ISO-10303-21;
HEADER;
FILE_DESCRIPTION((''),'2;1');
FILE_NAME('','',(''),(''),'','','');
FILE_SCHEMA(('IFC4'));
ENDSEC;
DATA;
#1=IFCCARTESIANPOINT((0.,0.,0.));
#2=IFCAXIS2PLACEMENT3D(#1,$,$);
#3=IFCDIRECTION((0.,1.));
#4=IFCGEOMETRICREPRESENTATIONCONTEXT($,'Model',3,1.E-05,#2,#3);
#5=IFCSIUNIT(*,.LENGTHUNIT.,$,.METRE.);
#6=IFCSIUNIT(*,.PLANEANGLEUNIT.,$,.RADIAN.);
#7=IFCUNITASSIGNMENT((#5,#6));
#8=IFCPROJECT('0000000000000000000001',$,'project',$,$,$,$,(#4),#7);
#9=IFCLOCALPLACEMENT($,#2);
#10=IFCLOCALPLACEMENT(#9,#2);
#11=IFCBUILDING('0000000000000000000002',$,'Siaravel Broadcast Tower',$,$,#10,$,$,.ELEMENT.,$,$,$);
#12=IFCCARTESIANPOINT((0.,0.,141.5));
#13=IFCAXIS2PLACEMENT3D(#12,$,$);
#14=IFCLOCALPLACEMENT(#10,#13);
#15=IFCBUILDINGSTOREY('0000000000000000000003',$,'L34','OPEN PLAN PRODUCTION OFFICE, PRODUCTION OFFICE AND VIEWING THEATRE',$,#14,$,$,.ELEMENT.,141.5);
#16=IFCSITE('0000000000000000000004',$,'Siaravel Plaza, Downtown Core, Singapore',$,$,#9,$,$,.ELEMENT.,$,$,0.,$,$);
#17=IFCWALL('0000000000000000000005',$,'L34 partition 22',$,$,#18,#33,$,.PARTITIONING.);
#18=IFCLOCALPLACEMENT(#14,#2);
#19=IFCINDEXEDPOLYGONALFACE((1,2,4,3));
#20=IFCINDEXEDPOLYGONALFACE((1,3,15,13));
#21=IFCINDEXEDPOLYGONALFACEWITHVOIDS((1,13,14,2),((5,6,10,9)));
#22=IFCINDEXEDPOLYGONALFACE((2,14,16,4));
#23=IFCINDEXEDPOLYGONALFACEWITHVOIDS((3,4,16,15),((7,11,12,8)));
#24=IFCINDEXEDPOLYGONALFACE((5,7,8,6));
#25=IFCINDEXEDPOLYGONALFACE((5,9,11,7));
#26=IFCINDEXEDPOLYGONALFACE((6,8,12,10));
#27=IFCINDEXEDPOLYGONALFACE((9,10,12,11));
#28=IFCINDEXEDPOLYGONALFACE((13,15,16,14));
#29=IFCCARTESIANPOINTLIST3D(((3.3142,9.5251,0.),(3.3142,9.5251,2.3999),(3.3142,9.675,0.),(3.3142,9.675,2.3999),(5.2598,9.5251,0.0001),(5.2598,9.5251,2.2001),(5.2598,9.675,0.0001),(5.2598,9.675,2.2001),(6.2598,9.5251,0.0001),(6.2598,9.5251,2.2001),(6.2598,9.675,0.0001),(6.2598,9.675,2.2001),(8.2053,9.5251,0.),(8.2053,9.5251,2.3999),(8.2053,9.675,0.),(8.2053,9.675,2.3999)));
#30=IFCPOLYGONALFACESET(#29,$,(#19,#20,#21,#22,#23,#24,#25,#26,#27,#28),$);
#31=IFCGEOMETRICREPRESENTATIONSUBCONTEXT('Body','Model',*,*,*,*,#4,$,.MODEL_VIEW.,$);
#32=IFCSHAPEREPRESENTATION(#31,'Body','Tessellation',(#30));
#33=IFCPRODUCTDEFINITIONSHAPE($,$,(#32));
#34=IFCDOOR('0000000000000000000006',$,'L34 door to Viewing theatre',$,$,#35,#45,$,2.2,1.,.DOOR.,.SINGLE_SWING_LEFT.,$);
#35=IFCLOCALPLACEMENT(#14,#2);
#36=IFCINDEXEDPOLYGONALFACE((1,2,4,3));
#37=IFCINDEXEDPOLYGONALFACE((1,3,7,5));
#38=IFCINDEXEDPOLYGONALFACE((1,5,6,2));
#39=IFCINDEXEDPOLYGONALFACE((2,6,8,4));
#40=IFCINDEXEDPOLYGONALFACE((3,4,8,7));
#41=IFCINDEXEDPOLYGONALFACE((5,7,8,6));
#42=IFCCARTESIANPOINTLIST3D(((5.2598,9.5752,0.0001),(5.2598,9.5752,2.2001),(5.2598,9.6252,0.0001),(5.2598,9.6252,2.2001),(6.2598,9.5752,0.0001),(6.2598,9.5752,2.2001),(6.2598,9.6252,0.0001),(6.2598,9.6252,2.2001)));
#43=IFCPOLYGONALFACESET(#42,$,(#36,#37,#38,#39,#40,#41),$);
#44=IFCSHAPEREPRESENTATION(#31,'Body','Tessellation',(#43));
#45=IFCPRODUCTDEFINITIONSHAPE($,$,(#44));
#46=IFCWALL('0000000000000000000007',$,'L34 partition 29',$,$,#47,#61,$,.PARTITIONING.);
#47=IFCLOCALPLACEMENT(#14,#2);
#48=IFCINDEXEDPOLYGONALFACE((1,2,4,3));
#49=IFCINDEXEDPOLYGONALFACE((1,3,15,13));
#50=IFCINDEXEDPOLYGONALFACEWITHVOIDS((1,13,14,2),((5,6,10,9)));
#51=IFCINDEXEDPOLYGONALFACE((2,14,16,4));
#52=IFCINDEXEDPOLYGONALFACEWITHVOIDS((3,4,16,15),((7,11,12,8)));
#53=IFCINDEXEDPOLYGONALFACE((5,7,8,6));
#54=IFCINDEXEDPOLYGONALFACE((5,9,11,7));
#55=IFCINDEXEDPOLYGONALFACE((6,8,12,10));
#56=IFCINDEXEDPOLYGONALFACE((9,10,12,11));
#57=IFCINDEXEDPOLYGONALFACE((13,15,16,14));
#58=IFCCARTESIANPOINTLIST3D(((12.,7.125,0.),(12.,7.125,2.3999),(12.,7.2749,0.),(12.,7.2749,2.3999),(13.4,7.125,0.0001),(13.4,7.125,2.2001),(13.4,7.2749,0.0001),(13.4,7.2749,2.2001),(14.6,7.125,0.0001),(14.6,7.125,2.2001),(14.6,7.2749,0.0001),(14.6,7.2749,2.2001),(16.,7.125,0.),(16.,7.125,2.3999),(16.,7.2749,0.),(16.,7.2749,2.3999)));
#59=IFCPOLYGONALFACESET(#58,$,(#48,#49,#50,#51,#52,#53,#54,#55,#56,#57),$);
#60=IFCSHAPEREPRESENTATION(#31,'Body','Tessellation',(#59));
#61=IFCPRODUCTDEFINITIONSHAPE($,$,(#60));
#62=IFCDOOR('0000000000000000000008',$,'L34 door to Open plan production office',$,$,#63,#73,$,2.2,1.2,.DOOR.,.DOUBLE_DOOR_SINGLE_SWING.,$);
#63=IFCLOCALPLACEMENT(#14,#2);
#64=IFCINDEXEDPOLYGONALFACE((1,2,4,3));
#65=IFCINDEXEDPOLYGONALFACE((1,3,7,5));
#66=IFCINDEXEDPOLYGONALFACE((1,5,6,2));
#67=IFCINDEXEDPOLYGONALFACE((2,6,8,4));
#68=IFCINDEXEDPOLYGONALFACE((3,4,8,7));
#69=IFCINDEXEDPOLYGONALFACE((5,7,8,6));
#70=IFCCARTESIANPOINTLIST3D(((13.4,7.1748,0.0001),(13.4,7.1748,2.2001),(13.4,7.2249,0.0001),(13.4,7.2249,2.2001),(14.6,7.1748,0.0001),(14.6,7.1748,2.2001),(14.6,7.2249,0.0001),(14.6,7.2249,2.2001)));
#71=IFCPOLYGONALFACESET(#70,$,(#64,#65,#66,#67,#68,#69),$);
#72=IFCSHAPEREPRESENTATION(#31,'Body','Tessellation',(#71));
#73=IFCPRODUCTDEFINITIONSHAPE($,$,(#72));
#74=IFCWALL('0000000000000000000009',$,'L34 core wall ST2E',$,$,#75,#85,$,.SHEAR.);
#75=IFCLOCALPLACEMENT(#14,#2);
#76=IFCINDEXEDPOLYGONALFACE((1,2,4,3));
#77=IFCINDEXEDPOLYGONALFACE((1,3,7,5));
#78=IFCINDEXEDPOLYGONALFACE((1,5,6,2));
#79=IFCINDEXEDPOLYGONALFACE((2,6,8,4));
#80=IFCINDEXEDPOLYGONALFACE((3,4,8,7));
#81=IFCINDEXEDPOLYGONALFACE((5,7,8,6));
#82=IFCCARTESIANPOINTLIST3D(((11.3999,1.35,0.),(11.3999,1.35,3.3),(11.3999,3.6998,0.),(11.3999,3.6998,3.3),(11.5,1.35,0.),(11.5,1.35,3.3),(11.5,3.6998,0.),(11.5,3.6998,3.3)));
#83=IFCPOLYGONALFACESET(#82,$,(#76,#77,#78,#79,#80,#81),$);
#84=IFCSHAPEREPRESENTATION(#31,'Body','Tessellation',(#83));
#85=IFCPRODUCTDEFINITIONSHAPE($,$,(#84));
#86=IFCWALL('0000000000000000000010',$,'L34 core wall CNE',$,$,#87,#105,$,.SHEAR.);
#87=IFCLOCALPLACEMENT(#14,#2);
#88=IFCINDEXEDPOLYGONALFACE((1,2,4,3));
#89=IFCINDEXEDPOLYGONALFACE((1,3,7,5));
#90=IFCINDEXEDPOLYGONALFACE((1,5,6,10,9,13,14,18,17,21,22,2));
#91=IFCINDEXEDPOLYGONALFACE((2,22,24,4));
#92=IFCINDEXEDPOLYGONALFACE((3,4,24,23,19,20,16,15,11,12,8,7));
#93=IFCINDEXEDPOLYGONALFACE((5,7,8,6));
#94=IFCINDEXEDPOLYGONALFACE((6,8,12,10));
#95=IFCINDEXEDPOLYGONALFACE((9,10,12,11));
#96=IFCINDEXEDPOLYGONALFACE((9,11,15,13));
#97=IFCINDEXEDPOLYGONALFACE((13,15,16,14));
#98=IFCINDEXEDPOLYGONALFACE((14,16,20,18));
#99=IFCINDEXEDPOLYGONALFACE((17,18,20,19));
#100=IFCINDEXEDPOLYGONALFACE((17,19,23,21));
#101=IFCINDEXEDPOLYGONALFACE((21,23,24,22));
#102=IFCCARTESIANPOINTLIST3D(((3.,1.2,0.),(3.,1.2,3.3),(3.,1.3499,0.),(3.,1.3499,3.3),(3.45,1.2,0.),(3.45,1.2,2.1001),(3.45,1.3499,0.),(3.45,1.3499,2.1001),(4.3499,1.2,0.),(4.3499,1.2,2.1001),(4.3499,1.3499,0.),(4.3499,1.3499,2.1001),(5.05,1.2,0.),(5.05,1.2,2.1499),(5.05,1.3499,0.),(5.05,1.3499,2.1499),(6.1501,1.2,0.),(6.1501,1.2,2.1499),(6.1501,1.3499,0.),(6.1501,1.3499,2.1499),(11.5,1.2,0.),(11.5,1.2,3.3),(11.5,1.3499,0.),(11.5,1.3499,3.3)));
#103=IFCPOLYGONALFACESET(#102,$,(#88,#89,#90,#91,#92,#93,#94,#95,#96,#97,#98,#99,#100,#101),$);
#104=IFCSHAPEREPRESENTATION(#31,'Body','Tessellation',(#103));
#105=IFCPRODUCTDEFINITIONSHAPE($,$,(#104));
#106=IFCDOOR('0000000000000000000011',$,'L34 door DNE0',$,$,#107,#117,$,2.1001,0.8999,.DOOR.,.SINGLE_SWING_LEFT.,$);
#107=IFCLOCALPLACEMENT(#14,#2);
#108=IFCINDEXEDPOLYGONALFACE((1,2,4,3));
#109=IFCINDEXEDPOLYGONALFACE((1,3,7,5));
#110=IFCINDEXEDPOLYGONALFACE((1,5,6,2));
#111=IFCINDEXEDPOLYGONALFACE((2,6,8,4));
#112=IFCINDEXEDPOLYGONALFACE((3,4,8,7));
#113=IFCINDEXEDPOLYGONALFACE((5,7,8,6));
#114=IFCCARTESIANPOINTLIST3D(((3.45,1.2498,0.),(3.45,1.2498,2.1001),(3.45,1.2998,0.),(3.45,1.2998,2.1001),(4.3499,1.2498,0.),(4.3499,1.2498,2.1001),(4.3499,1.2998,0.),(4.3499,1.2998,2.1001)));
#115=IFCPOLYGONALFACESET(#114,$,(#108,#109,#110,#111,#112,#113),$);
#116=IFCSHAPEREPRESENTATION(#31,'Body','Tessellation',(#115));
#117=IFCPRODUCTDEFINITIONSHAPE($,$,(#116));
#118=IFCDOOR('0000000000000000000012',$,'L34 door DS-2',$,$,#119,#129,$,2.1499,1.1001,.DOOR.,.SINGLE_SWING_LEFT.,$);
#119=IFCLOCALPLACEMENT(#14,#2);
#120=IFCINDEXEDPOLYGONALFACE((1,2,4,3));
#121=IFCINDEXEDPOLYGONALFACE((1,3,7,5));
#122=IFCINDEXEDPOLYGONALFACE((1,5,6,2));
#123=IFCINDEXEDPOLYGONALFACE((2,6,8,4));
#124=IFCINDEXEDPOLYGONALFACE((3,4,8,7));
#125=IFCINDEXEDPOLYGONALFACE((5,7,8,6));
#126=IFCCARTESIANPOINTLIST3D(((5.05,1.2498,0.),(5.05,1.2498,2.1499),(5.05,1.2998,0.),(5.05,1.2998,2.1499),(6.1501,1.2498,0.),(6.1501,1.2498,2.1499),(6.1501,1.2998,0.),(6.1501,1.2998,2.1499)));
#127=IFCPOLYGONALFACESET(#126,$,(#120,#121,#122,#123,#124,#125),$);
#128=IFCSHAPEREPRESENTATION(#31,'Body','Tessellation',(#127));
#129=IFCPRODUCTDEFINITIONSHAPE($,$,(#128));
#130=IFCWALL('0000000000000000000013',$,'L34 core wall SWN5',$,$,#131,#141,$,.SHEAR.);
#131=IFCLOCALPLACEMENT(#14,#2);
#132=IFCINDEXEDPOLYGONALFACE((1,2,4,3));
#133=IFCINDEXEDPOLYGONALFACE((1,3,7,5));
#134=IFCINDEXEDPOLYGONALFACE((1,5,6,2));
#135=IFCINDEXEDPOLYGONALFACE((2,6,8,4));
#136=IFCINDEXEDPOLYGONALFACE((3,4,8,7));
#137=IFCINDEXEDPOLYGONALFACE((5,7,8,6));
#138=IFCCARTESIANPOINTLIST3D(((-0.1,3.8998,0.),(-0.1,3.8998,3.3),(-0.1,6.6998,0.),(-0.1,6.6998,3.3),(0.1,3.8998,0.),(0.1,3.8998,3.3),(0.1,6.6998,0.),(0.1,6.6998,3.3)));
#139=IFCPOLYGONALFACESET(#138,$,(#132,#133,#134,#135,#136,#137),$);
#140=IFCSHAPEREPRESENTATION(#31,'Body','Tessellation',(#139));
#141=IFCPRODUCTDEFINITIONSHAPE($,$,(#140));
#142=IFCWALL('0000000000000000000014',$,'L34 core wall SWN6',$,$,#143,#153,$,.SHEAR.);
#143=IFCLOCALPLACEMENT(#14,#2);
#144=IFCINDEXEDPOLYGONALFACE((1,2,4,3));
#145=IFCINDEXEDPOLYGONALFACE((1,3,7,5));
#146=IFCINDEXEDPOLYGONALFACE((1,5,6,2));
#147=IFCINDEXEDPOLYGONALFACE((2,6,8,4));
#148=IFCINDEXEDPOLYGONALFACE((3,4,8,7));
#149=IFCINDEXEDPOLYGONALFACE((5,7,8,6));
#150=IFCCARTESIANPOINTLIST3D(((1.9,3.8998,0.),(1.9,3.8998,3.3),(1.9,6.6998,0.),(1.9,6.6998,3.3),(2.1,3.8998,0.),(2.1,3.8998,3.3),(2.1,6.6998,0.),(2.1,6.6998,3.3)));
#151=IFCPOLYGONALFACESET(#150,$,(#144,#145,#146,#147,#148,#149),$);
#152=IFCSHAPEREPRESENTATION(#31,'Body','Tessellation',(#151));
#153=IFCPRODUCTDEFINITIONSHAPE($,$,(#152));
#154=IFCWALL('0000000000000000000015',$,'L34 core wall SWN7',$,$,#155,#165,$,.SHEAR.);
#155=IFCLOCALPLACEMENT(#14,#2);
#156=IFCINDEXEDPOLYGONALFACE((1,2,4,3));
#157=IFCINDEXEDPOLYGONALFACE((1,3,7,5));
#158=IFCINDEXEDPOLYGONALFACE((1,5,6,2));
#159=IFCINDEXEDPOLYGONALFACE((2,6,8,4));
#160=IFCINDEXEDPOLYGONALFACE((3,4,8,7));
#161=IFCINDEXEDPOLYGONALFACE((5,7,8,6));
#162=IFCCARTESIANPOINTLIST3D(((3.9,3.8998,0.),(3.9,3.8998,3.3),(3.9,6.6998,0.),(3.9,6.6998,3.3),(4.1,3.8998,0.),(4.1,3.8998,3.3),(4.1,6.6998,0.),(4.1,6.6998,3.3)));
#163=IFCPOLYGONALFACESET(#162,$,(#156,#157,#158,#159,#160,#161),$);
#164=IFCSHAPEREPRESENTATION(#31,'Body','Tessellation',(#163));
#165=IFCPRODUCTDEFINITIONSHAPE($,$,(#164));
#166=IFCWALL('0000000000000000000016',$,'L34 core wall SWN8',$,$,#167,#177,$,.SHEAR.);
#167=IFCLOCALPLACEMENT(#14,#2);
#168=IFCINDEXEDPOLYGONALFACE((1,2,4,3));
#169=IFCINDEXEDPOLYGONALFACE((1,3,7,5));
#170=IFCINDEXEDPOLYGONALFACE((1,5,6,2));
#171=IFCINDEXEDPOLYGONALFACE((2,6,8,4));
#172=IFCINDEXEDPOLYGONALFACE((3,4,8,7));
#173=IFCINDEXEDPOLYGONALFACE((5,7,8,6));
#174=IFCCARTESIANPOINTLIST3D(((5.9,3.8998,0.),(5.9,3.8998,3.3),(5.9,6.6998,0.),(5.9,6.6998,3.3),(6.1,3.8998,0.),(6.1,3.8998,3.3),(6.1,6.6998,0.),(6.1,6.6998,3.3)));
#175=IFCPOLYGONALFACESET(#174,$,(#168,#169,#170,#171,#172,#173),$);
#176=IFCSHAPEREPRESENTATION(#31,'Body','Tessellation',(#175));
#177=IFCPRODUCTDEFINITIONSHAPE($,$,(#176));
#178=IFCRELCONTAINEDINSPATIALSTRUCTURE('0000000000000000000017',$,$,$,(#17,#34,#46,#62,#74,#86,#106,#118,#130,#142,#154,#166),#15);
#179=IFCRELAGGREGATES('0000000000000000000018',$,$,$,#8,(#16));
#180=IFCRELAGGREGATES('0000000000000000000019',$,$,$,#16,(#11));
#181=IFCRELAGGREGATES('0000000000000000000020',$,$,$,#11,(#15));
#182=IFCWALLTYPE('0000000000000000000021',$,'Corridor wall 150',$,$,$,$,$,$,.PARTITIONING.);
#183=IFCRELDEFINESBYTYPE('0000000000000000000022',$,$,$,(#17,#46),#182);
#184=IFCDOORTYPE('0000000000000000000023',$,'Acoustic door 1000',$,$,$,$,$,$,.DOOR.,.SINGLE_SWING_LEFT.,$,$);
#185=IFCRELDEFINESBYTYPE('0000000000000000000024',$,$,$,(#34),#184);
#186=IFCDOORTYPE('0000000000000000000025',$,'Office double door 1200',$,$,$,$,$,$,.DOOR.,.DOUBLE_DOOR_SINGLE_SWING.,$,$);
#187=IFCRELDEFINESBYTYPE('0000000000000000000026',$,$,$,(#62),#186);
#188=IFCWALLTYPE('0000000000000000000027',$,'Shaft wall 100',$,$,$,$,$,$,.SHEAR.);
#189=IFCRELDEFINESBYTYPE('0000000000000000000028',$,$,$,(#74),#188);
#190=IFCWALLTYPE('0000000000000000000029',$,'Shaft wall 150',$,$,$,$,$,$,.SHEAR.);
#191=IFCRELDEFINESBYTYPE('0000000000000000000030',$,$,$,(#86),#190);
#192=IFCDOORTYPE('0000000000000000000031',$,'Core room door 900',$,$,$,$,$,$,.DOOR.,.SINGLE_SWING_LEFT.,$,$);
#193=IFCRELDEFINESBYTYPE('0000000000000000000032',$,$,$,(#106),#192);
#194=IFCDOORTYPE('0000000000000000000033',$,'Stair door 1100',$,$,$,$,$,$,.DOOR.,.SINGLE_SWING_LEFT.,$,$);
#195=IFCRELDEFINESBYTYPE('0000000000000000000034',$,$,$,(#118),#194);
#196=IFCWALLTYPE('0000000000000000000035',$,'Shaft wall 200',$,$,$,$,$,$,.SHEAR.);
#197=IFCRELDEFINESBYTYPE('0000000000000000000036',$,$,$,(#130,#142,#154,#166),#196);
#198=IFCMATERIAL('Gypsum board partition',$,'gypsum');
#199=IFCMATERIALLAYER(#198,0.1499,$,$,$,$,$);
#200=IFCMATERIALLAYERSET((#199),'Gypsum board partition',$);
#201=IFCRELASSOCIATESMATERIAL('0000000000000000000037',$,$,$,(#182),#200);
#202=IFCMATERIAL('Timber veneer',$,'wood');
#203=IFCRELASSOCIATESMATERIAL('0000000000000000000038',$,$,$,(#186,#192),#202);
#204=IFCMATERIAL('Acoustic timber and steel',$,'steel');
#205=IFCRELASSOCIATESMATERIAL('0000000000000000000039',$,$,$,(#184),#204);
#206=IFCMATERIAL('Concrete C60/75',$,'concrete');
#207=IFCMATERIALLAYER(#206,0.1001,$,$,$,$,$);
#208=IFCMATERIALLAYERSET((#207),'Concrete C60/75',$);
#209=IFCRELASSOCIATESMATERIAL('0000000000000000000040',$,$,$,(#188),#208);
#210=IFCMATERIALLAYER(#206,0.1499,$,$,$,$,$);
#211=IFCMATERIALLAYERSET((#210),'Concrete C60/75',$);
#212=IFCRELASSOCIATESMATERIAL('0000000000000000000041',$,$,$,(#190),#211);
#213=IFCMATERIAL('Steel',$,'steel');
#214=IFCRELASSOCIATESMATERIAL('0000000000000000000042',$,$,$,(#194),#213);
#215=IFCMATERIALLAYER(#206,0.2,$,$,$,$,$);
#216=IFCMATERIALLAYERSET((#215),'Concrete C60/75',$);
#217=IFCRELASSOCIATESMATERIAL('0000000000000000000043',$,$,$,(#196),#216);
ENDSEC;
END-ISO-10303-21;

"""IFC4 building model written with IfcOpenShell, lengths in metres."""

from ifc_helpers import new_model, si_unit, direction, frame, frame_2d, origin, place, context, subcontext, project, spatial, rectangle, extrude, material, layer, layer_set, type_object, element, fill, save


model = new_model("IFC4")

# Units and contexts
model_context = context("Model", 3, precision=1e-05, world=origin(), true_north=direction((0.0, 1.0)))
body_context = subcontext(model_context, "Body", "Model", "MODEL_VIEW")
ifc_project = project(units=[si_unit("LENGTHUNIT", "METRE"), si_unit("PLANEANGLEUNIT", "RADIAN")], contexts=[model_context])

# Site, building, storey
site_placement = place(None, origin())
site = spatial("IfcSite", under=ifc_project, at=site_placement, Name="Siaravel Plaza, Downtown Core, Singapore", CompositionType="ELEMENT", RefElevation=0.0)
building_placement = place(site_placement, origin())
building = spatial("IfcBuilding", under=site, at=building_placement, Name="Siaravel Broadcast Tower", CompositionType="ELEMENT")
storey_placement = place(building_placement, frame((0.0, 0.0, 141.5)))
storey = spatial("IfcBuildingStorey", under=building, at=storey_placement, Name="L34", Description="OPEN PLAN PRODUCTION OFFICE, PRODUCTION OFFICE AND VIEWING THEATRE", CompositionType="ELEMENT", Elevation=141.5)

# Shared definitions
ifc_material_1 = material(Name="Concrete C60/75", Category="concrete")

# Walls, openings, doors
ifc_material_2 = material(Name="Gypsum board partition", Category="gypsum")
ifc_layer_1 = layer(ifc_material_2, 0.1499)
ifc_layer_set_1 = layer_set([ifc_layer_1], Name="Gypsum board partition")
wall_type_1 = type_object("IfcWallType", Name="Corridor wall 150", PredefinedType="PARTITIONING", material=ifc_layer_set_1)
ifc_material_3 = material(Name="Timber veneer", Category="wood")
door_type_1 = type_object("IfcDoorType", Name="Office double door 1200", OperationType="DOUBLE_DOOR_SINGLE_SWING", PredefinedType="DOOR", material=ifc_material_3)
wall_1_placement = place(storey_placement, frame((8.2053, 9.6001, 0.0), z_axis=(0.0, 0.0, 1.0), x_axis=(-1.0, 0.0, 0.0)))
wall_1 = element("IfcWall", 1, at=wall_1_placement, inside=storey, type_object=wall_type_1, Name="L34 partition 22", PredefinedType="PARTITIONING", context=body_context, shape_type="SweptSolid", body=[
    extrude(rectangle(XDim=4.8911, YDim=0.1499, at=frame_2d((2.4456, 0.0))), origin(), (0.0, 0.0, 1.0), 2.3999),
])
opening_1_placement = place(wall_1_placement, frame((1.9456, 0.0, 0.0)))
opening_1 = element("IfcOpeningElement", 2, at=opening_1_placement, cuts=wall_1, PredefinedType="OPENING", context=body_context, shape_type="SweptSolid", body=[
    extrude(rectangle(XDim=1.0, YDim=2.2, at=frame_2d((0.5, 1.1001))), frame((0.0, 0.085, 0.0), z_axis=(0.0, -1.0, 0.0), x_axis=(1.0, 0.0, 0.0)), (0.0, 0.0, 1.0), 0.1699),
])
ifc_material_4 = material(Name="Acoustic timber and steel", Category="steel")
door_type_2 = type_object("IfcDoorType", Name="Acoustic door 1000", OperationType="SINGLE_SWING_LEFT", PredefinedType="DOOR", material=ifc_material_4)
door_1_placement = place(opening_1_placement, origin())
door_1 = element("IfcDoor", 3, at=door_1_placement, inside=storey, type_object=door_type_2, Name="L34 door to Viewing theatre", OperationType="SINGLE_SWING_LEFT", OverallHeight=2.2, OverallWidth=1.0, PredefinedType="DOOR", context=body_context, shape_type="SweptSolid", body=[
    extrude(rectangle(XDim=1.0, YDim=2.2, at=frame_2d((0.5, 1.1001))), frame((0.0, 0.0249, 0.0), z_axis=(0.0, -1.0, 0.0), x_axis=(1.0, 0.0, 0.0)), (0.0, 0.0, 1.0), 0.05),
])
fill(opening_1, door_1)
wall_2_placement = place(storey_placement, frame((12.0, 7.2, 0.0), z_axis=(0.0, 0.0, 1.0), x_axis=(1.0, 0.0, 0.0)))
wall_2 = element("IfcWall", 4, at=wall_2_placement, inside=storey, type_object=wall_type_1, Name="L34 partition 29", PredefinedType="PARTITIONING", context=body_context, shape_type="SweptSolid", body=[
    extrude(rectangle(XDim=4.0, YDim=0.1499, at=frame_2d((2.0, 0.0))), origin(), (0.0, 0.0, 1.0), 2.3999),
])
opening_2_placement = place(wall_2_placement, frame((1.3999, 0.0, 0.0)))
opening_2 = element("IfcOpeningElement", 5, at=opening_2_placement, cuts=wall_2, PredefinedType="OPENING", context=body_context, shape_type="SweptSolid", body=[
    extrude(rectangle(XDim=1.2, YDim=2.2, at=frame_2d((0.6001, 1.1001))), frame((0.0, 0.085, 0.0), z_axis=(0.0, -1.0, 0.0), x_axis=(1.0, 0.0, 0.0)), (0.0, 0.0, 1.0), 0.1699),
])
door_2_placement = place(opening_2_placement, origin())
door_2 = element("IfcDoor", 6, at=door_2_placement, inside=storey, type_object=door_type_1, Name="L34 door to Open plan production office", OperationType="DOUBLE_DOOR_SINGLE_SWING", OverallHeight=2.2, OverallWidth=1.2, PredefinedType="DOOR", context=body_context, shape_type="SweptSolid", body=[
    extrude(rectangle(XDim=1.2, YDim=2.2, at=frame_2d((0.6001, 1.1001))), frame((0.0, 0.0249, 0.0), z_axis=(0.0, -1.0, 0.0), x_axis=(1.0, 0.0, 0.0)), (0.0, 0.0, 1.0), 0.05),
])
fill(opening_2, door_2)

# Wall
ifc_layer_2 = layer(ifc_material_1, 0.1001)
ifc_layer_set_2 = layer_set([ifc_layer_2], Name="Concrete C60/75")
wall_type_2 = type_object("IfcWallType", Name="Shaft wall 100", PredefinedType="SHEAR", material=ifc_layer_set_2)
wall_3_placement = place(storey_placement, frame((11.45, 1.3501, 0.0), z_axis=(0.0, 0.0, 1.0), x_axis=(0.0, 1.0, 0.0)))
element("IfcWall", 7, at=wall_3_placement, inside=storey, type_object=wall_type_2, Name="L34 core wall ST2E", PredefinedType="SHEAR", context=body_context, shape_type="SweptSolid", body=[
    extrude(rectangle(XDim=2.3499, YDim=0.1001, at=frame_2d((1.1748, 0.0))), origin(), (0.0, 0.0, 1.0), 3.3),
])

# Wall, openings, doors
ifc_layer_3 = layer(ifc_material_1, 0.1499)
ifc_layer_set_3 = layer_set([ifc_layer_3], Name="Concrete C60/75")
wall_type_3 = type_object("IfcWallType", Name="Shaft wall 150", PredefinedType="SHEAR", material=ifc_layer_set_3)
wall_4_placement = place(storey_placement, frame((3.0, 1.2749, 0.0), z_axis=(0.0, 0.0, 1.0), x_axis=(1.0, 0.0, 0.0)))
wall_4 = element("IfcWall", 8, at=wall_4_placement, inside=storey, type_object=wall_type_3, Name="L34 core wall CNE", PredefinedType="SHEAR", context=body_context, shape_type="SweptSolid", body=[
    extrude(rectangle(XDim=8.5, YDim=0.1499, at=frame_2d((4.25, 0.0))), origin(), (0.0, 0.0, 1.0), 3.3),
])
opening_3_placement = place(wall_4_placement, frame((2.05, 0.0, 0.0)))
opening_3 = element("IfcOpeningElement", 9, at=opening_3_placement, cuts=wall_4, PredefinedType="OPENING", context=body_context, shape_type="SweptSolid", body=[
    extrude(rectangle(XDim=1.1001, YDim=2.1499, at=frame_2d((0.55, 1.075))), frame((0.0, 0.085, 0.0), z_axis=(0.0, -1.0, 0.0), x_axis=(1.0, 0.0, 0.0)), (0.0, 0.0, 1.0), 0.1699),
])
opening_4_placement = place(wall_4_placement, frame((0.45, 0.0, 0.0)))
opening_4 = element("IfcOpeningElement", 10, at=opening_4_placement, cuts=wall_4, PredefinedType="OPENING", context=body_context, shape_type="SweptSolid", body=[
    extrude(rectangle(XDim=0.8999, YDim=2.1001, at=frame_2d((0.45, 1.05))), frame((0.0, 0.085, 0.0), z_axis=(0.0, -1.0, 0.0), x_axis=(1.0, 0.0, 0.0)), (0.0, 0.0, 1.0), 0.1699),
])
door_type_3 = type_object("IfcDoorType", Name="Core room door 900", OperationType="SINGLE_SWING_LEFT", PredefinedType="DOOR", material=ifc_material_3)
door_3_placement = place(opening_4_placement, origin())
door_3 = element("IfcDoor", 11, at=door_3_placement, inside=storey, type_object=door_type_3, Name="L34 door DNE0", OperationType="SINGLE_SWING_LEFT", OverallHeight=2.1001, OverallWidth=0.8999, PredefinedType="DOOR", context=body_context, shape_type="SweptSolid", body=[
    extrude(rectangle(XDim=0.8999, YDim=2.1001, at=frame_2d((0.45, 1.05))), frame((0.0, 0.0249, 0.0), z_axis=(0.0, -1.0, 0.0), x_axis=(1.0, 0.0, 0.0)), (0.0, 0.0, 1.0), 0.05),
])
fill(opening_4, door_3)
ifc_material_5 = material(Name="Steel", Category="steel")
door_type_4 = type_object("IfcDoorType", Name="Stair door 1100", OperationType="SINGLE_SWING_LEFT", PredefinedType="DOOR", material=ifc_material_5)
door_4_placement = place(opening_3_placement, origin())
door_4 = element("IfcDoor", 12, at=door_4_placement, inside=storey, type_object=door_type_4, Name="L34 door DS-2", OperationType="SINGLE_SWING_LEFT", OverallHeight=2.1499, OverallWidth=1.1001, PredefinedType="DOOR", context=body_context, shape_type="SweptSolid", body=[
    extrude(rectangle(XDim=1.1001, YDim=2.1499, at=frame_2d((0.55, 1.075))), frame((0.0, 0.0249, 0.0), z_axis=(0.0, -1.0, 0.0), x_axis=(1.0, 0.0, 0.0)), (0.0, 0.0, 1.0), 0.05),
])
fill(opening_3, door_4)

# Walls
ifc_layer_4 = layer(ifc_material_1, 0.2)
ifc_layer_set_4 = layer_set([ifc_layer_4], Name="Concrete C60/75")
wall_type_4 = type_object("IfcWallType", Name="Shaft wall 200", PredefinedType="SHEAR", material=ifc_layer_set_4)
for number, where, z_axis, x_axis, name in (
    (13, (0.0, 3.8999, 0.0), (0.0, 0.0, 1.0), (0.0, 1.0, 0.0), "L34 core wall SWN5"),
    (14, (2.0, 3.8999, 0.0), (0.0, 0.0, 1.0), (0.0, 1.0, 0.0), "L34 core wall SWN6"),
    (15, (4.0, 3.8999, 0.0), (0.0, 0.0, 1.0), (0.0, 1.0, 0.0), "L34 core wall SWN7"),
    (16, (6.0, 3.8999, 0.0), (0.0, 0.0, 1.0), (0.0, 1.0, 0.0), "L34 core wall SWN8"),
):
    element("IfcWall", number, at=place(storey_placement, frame(where, z_axis=z_axis, x_axis=x_axis)), inside=storey, type_object=wall_type_4, Name=name, PredefinedType="SHEAR", context=body_context, shape_type="SweptSolid", body=[
        extrude(rectangle(XDim=2.8, YDim=0.2, at=frame_2d((1.3999, 0.0))), origin(), (0.0, 0.0, 1.0), 3.3),
    ])

save(model, "model.ifc")
